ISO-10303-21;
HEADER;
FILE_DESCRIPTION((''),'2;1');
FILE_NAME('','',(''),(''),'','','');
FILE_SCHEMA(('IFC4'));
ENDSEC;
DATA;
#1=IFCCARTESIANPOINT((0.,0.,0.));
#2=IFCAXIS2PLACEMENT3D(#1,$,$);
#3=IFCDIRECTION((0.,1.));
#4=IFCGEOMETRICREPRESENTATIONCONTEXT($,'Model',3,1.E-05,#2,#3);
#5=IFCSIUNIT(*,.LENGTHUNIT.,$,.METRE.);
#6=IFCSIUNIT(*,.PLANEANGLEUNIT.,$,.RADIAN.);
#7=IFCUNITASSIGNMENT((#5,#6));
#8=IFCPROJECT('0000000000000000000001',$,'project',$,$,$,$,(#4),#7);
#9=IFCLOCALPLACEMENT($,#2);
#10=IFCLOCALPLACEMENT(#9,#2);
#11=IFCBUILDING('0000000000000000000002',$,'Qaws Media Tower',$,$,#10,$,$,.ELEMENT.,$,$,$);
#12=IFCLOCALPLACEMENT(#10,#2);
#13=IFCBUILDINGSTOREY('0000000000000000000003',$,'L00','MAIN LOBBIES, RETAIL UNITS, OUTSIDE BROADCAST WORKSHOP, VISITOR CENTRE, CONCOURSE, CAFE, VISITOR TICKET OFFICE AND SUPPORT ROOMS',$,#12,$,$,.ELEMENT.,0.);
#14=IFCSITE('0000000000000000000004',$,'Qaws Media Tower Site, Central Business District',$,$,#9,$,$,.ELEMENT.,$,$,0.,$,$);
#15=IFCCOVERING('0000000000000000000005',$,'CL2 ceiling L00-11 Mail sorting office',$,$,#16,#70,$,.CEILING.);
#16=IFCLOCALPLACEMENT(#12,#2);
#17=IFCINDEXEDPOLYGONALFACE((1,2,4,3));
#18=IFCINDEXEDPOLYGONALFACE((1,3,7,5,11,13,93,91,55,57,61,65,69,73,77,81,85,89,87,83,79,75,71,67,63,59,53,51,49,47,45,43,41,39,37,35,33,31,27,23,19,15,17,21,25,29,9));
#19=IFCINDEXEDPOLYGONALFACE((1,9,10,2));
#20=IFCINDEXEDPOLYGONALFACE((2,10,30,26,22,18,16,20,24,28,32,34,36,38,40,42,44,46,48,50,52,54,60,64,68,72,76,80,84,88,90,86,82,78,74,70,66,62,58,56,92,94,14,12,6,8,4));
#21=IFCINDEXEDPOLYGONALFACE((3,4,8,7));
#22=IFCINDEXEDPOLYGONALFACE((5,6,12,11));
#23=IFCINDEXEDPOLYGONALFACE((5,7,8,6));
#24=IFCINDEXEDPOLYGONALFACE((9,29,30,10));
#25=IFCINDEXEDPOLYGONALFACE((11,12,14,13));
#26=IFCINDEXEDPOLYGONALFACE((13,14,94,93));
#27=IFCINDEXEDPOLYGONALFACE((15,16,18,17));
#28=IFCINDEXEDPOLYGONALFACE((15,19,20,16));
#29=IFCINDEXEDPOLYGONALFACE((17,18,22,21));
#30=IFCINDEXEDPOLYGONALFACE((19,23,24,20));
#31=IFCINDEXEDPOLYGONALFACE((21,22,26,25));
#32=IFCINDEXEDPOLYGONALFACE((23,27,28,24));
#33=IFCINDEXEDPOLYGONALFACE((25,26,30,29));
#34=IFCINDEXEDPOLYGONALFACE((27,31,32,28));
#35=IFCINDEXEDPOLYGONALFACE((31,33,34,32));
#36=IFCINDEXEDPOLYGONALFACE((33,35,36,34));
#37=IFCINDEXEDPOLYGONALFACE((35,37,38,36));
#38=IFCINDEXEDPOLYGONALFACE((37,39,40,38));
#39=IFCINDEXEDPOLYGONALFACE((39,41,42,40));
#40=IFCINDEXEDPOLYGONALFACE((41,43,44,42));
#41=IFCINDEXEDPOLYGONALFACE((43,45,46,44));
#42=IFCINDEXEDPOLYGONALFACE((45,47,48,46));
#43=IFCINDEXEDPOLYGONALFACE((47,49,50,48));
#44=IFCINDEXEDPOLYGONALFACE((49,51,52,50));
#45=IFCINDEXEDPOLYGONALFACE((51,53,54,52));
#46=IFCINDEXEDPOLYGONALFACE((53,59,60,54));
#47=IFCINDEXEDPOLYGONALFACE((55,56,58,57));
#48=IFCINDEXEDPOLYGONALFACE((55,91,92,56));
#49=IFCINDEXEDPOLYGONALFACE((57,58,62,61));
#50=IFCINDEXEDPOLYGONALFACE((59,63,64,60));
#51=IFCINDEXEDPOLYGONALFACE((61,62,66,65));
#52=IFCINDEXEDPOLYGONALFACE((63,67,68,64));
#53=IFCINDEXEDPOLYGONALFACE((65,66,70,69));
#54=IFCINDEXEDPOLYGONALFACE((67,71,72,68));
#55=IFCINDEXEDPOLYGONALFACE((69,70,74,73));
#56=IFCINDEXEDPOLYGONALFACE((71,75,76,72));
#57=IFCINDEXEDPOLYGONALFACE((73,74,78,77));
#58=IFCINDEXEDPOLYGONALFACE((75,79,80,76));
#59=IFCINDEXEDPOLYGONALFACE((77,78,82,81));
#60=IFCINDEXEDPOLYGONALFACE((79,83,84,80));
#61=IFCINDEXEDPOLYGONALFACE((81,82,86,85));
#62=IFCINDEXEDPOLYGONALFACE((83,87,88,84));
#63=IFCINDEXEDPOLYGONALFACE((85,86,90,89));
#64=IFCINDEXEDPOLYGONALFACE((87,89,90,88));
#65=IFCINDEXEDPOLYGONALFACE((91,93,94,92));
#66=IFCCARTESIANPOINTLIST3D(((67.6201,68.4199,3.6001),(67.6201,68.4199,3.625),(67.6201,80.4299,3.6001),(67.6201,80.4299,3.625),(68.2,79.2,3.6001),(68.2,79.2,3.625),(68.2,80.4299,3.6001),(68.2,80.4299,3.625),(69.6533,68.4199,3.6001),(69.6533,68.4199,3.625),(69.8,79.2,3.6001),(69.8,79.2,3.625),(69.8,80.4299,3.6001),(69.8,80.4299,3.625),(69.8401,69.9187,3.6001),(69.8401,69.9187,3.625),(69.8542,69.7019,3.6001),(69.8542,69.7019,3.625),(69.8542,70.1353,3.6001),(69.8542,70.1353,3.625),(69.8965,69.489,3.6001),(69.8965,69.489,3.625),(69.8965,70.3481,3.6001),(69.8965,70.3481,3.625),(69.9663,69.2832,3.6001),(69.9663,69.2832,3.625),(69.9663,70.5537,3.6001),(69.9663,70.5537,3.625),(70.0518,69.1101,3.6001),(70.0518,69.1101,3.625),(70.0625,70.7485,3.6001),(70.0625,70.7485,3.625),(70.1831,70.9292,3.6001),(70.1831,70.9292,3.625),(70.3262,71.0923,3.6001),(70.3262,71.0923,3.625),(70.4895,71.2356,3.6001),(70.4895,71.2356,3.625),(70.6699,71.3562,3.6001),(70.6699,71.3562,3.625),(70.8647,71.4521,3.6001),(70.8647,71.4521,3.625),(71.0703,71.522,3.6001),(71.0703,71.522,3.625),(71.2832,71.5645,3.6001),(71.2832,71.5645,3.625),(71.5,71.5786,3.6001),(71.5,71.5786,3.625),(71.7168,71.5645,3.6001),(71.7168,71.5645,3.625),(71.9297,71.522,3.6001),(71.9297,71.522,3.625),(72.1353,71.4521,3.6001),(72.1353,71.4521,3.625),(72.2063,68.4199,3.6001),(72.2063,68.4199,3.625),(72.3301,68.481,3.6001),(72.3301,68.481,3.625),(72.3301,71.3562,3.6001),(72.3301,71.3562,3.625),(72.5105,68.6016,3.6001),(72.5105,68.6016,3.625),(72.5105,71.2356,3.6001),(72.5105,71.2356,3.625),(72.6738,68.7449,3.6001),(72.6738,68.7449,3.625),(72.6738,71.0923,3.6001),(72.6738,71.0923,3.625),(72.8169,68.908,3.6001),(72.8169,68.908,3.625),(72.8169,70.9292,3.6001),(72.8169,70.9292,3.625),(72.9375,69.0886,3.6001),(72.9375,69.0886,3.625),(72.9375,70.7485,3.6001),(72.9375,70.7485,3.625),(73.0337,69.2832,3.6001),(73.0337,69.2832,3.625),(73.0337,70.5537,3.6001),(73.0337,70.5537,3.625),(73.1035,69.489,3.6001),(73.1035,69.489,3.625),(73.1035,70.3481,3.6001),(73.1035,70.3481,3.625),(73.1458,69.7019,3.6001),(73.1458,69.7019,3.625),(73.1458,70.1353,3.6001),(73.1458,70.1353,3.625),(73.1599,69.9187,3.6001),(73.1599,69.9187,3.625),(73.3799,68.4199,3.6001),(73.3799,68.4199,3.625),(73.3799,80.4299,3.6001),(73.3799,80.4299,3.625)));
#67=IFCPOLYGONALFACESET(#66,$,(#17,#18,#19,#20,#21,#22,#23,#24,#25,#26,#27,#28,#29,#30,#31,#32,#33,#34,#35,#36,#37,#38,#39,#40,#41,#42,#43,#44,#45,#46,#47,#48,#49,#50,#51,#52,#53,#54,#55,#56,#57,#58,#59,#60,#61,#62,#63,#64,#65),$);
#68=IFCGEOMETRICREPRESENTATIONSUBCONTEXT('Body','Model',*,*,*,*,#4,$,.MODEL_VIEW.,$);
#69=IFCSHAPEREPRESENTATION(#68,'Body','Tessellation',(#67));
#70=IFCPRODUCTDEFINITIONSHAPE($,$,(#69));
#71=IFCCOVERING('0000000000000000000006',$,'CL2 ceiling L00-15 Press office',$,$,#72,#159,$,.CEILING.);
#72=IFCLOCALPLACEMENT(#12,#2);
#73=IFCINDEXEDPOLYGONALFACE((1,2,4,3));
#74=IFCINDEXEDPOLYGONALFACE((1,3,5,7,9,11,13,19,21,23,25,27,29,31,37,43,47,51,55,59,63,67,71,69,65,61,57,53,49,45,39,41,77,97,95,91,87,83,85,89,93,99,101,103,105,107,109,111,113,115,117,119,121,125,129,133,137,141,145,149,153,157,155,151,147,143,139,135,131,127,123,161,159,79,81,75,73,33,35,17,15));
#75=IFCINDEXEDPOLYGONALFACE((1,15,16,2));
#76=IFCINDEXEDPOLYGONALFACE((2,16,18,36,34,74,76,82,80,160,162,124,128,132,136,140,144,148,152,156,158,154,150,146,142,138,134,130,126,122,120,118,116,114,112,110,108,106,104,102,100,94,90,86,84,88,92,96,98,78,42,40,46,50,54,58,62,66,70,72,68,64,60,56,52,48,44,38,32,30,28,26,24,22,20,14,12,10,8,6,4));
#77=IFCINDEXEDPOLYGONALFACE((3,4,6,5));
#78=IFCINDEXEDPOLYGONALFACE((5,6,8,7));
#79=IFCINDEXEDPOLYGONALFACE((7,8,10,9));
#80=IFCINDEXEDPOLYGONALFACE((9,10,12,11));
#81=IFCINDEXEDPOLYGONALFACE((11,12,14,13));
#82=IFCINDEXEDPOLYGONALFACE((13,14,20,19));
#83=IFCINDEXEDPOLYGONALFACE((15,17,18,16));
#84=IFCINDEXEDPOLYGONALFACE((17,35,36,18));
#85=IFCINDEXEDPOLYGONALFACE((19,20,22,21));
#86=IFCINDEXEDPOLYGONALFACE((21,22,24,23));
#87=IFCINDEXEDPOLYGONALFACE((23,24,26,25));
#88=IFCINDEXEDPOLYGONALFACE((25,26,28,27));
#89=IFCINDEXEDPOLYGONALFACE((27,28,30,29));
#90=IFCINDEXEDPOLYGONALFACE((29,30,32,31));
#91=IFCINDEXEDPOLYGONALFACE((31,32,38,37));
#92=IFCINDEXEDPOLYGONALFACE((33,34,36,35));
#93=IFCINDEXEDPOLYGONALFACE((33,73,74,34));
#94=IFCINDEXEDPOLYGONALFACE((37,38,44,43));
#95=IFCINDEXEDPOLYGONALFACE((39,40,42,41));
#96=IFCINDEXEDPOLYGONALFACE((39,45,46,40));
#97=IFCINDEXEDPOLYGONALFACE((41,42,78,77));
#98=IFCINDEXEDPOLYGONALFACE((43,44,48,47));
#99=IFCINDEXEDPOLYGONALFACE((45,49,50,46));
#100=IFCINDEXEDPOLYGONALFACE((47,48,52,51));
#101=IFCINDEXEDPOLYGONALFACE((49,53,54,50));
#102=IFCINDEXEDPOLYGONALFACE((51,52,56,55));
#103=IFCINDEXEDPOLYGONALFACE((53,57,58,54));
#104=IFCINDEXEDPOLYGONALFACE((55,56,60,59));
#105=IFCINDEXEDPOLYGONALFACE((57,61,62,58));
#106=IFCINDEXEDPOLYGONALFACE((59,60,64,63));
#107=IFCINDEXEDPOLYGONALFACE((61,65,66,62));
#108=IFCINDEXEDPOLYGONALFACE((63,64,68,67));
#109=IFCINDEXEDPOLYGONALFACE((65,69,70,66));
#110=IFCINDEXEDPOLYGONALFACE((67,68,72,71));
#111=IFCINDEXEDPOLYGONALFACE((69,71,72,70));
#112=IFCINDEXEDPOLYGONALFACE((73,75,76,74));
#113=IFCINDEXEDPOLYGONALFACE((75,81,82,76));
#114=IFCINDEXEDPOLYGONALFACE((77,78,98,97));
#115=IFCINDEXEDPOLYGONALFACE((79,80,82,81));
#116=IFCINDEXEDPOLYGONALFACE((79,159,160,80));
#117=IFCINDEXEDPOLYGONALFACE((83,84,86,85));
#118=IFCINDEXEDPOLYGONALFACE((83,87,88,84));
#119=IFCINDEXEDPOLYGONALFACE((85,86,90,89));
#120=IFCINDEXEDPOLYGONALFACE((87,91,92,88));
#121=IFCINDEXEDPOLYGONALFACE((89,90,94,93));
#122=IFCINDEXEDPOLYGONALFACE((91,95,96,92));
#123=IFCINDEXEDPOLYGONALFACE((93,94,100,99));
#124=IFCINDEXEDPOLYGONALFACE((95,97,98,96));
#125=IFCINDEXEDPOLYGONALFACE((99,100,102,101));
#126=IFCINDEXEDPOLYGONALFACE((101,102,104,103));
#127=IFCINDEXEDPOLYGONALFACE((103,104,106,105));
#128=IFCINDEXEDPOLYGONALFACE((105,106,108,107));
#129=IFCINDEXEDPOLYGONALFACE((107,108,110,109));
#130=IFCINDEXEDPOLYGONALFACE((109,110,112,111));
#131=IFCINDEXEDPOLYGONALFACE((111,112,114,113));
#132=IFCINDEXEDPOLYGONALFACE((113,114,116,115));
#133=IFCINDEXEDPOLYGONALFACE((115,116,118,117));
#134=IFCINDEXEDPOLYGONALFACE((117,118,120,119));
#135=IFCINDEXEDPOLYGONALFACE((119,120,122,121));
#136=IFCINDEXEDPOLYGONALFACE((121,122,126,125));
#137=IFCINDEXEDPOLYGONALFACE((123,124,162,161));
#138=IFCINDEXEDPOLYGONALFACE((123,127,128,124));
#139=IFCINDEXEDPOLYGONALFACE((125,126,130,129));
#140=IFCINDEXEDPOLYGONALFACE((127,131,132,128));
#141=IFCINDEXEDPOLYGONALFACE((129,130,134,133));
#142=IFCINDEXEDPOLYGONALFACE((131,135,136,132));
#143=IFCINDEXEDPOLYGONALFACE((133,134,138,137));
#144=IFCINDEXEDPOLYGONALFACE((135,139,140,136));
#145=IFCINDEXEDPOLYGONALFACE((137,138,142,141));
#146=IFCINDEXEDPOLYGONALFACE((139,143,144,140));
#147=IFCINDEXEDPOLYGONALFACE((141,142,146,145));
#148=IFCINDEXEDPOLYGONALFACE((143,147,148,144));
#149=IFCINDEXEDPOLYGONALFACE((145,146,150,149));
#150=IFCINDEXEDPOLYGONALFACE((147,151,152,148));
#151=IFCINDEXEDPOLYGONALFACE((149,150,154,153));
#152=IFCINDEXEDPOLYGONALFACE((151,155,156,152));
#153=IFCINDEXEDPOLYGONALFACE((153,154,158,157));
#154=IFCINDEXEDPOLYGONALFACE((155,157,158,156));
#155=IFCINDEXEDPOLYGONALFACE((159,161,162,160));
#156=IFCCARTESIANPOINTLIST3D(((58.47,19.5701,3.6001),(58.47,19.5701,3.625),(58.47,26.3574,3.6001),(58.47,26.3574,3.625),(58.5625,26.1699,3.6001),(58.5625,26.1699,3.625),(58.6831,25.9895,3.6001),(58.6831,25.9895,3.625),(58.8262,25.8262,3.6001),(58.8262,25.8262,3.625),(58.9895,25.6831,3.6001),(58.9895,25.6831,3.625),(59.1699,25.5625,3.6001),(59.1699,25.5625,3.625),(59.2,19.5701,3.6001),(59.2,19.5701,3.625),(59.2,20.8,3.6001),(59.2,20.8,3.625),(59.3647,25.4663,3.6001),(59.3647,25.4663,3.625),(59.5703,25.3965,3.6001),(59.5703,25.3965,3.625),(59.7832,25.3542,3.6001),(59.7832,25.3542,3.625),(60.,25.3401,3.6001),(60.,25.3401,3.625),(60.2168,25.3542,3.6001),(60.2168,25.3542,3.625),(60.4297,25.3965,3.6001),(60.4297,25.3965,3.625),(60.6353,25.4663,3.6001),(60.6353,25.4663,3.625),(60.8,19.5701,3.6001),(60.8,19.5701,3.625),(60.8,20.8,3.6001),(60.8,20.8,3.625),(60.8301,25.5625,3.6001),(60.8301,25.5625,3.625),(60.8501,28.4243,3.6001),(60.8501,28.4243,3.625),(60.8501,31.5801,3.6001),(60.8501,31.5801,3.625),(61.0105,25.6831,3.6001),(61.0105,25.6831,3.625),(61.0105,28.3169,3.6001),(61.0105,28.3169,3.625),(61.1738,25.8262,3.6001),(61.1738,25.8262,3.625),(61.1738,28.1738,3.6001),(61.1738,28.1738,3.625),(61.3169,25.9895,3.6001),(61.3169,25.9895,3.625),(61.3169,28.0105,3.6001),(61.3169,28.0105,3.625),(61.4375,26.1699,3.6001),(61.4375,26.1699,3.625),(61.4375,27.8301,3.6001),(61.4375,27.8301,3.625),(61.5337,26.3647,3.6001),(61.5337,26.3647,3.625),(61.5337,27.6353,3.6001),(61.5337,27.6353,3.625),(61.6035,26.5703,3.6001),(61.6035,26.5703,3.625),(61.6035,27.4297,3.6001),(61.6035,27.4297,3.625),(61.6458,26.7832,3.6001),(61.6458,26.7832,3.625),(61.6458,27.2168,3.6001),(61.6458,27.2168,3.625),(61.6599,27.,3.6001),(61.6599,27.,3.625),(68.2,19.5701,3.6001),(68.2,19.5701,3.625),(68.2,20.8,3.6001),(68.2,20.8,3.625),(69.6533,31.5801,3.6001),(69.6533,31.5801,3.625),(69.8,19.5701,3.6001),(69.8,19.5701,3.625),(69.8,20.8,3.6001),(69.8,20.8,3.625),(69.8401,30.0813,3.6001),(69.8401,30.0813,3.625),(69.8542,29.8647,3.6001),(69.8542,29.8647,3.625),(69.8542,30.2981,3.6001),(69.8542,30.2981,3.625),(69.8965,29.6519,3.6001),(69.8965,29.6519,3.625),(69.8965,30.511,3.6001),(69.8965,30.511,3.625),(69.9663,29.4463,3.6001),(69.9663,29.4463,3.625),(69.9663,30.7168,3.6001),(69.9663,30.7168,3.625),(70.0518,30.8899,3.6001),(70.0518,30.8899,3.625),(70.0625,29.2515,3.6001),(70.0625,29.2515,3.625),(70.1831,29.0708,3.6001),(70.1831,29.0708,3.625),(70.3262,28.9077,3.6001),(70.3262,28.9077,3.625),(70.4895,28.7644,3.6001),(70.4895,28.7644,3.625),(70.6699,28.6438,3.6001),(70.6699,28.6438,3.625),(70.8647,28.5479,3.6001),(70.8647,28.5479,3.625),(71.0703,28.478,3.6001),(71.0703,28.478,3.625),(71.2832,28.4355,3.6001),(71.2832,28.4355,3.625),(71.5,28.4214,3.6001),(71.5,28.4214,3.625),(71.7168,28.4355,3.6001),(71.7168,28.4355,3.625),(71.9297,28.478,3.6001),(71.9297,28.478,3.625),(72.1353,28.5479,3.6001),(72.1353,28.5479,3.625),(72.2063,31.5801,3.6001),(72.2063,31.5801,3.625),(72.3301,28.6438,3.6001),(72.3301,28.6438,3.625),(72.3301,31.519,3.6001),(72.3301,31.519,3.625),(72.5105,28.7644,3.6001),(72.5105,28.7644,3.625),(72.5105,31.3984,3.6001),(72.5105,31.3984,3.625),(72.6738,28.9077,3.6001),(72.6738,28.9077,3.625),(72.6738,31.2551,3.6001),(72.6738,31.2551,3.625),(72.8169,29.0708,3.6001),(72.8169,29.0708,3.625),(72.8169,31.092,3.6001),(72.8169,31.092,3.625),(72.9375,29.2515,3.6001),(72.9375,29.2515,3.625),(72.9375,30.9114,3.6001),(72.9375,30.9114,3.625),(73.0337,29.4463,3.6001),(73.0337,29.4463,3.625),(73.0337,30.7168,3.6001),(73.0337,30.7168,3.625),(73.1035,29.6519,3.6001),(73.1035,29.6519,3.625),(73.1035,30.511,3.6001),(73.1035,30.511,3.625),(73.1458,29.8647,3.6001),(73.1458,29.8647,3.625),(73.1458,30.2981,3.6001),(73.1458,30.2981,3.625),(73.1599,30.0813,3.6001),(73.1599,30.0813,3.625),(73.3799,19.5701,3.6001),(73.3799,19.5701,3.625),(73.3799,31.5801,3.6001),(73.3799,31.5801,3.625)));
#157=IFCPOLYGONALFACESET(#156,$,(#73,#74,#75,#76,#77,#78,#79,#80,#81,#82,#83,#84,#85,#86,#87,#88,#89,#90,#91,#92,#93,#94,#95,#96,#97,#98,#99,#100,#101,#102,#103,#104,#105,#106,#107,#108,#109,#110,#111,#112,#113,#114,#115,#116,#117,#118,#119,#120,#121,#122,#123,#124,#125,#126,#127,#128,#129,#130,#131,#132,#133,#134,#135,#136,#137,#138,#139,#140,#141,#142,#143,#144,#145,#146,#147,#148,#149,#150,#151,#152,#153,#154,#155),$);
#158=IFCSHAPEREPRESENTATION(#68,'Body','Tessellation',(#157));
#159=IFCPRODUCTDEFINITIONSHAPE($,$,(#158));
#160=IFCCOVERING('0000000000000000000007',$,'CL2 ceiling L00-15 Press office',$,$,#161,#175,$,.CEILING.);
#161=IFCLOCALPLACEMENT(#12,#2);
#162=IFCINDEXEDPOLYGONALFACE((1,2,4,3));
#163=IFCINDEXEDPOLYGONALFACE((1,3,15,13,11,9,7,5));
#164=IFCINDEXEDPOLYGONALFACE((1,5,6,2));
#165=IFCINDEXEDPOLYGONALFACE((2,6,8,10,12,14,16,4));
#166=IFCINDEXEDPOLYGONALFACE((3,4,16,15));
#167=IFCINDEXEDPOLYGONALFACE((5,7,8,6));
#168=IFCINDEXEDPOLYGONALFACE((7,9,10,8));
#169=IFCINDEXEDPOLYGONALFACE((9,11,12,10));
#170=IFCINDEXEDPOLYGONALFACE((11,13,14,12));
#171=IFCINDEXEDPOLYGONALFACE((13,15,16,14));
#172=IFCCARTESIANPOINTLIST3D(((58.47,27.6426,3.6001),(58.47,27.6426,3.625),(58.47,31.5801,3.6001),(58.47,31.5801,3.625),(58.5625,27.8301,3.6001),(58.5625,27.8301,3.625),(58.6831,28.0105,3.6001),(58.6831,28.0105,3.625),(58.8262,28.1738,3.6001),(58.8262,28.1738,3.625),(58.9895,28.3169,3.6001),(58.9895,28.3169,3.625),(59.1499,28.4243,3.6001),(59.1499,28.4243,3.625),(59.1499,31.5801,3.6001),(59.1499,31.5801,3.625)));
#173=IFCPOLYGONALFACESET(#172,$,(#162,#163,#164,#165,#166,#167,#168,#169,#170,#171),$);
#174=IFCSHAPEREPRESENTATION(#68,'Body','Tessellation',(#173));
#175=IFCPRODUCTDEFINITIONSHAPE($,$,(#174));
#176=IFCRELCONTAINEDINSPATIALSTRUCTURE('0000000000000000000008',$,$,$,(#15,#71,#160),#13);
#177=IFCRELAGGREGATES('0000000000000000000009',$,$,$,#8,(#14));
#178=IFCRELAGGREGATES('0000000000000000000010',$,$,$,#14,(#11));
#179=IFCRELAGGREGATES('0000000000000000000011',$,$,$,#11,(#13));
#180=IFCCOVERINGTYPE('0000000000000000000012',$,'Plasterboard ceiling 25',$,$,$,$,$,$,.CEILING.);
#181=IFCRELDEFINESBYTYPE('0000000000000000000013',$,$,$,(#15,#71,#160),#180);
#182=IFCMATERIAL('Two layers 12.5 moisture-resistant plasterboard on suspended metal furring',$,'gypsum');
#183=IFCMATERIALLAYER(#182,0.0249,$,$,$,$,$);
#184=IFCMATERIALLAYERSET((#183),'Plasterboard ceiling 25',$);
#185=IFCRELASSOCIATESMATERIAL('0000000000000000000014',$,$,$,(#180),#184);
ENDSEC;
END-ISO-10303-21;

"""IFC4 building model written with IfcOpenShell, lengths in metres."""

from ifc_helpers import new_model, si_unit, direction, frame, origin, place, context, subcontext, project, spatial, polyline, outline, extrude, material, layer, layer_set, type_object, element, save


model = new_model("IFC4")

# Units and contexts
model_context = context("Model", 3, precision=1e-05, world=origin(), true_north=direction((0.0, 1.0)))
body_context = subcontext(model_context, "Body", "Model", "MODEL_VIEW")
ifc_project = project(units=[si_unit("LENGTHUNIT", "METRE"), si_unit("PLANEANGLEUNIT", "RADIAN")], contexts=[model_context])

# Site, building, storey
site_placement = place(None, origin())
site = spatial("IfcSite", under=ifc_project, at=site_placement, Name="Qaws Media Tower Site, Central Business District", CompositionType="ELEMENT", RefElevation=0.0)
building_placement = place(site_placement, origin())
building = spatial("IfcBuilding", under=site, at=building_placement, Name="Qaws Media Tower", CompositionType="ELEMENT")
storey_placement = place(building_placement, origin())
storey = spatial("IfcBuildingStorey", under=building, at=storey_placement, Name="L00", Description="MAIN LOBBIES, RETAIL UNITS, OUTSIDE BROADCAST WORKSHOP, VISITOR CENTRE, CONCOURSE, CAFE, VISITOR TICKET OFFICE AND SUPPORT ROOMS", CompositionType="ELEMENT", Elevation=0.0)

# Coverings
ifc_material_1 = material(Name="Two layers 12.5 moisture-resistant plasterboard on suspended metal furring", Category="gypsum")
ifc_layer_1 = layer(ifc_material_1, 0.0249)
ifc_layer_set_1 = layer_set([ifc_layer_1], Name="Plasterboard ceiling 25")
covering_type_1 = type_object("IfcCoveringType", Name="Plasterboard ceiling 25", PredefinedType="CEILING", material=ifc_layer_set_1)
covering_1_placement = place(storey_placement, frame((0.0, 0.0, 3.6001)))
element("IfcCovering", 1, at=covering_1_placement, inside=storey, type_object=covering_type_1, Name="CL2 ceiling L00-11 Mail sorting office", PredefinedType="CEILING", context=body_context, shape_type="SweptSolid", body=[
    extrude(outline(polyline([(68.2, 80.4299), (68.2, 79.2), (69.8, 79.2), (69.8, 80.4299), (73.3799, 80.4299), (73.3799, 68.4199), (72.2063, 68.4199), (72.3301, 68.481), (72.5105, 68.6016), (72.6738, 68.7449), (72.8169, 68.908), (72.9375, 69.0886), (73.0337, 69.2832), (73.1035, 69.489), (73.1458, 69.7019), (73.1599, 69.9187), (73.1458, 70.1353), (73.1035, 70.3481), (73.0337, 70.5537), (72.9375, 70.7485), (72.8169, 70.9292), (72.6738, 71.0923), (72.5105, 71.2356), (72.3301, 71.3562), (72.1353, 71.4521), (71.9297, 71.522), (71.7168, 71.5645), (71.5, 71.5786), (71.2832, 71.5645), (71.0703, 71.522), (70.8647, 71.4521), (70.6699, 71.3562), (70.4895, 71.2356), (70.3262, 71.0923), (70.1831, 70.9292), (70.0625, 70.7485), (69.9663, 70.5537), (69.8965, 70.3481), (69.8542, 70.1353), (69.8401, 69.9187), (69.8542, 69.7019), (69.8965, 69.489), (69.9663, 69.2832), (70.0518, 69.1101), (69.6533, 68.4199), (67.6201, 68.4199), (67.6201, 80.4299), (68.2, 80.4299)])), origin(), (0.0, 0.0, 1.0), 0.0249),
])
covering_2_placement = place(storey_placement, frame((0.0, 0.0, 3.6001)))
element("IfcCovering", 2, at=covering_2_placement, inside=storey, type_object=covering_type_1, Name="CL2 ceiling L00-15 Press office", PredefinedType="CEILING", context=body_context, shape_type="SweptSolid", body=[
    extrude(outline(polyline([(69.8, 19.5701), (69.8, 20.8), (68.2, 20.8), (68.2, 19.5701), (60.8, 19.5701), (60.8, 20.8), (59.2, 20.8), (59.2, 19.5701), (58.47, 19.5701), (58.47, 26.3574), (58.5625, 26.1699), (58.6831, 25.9895), (58.8262, 25.8262), (58.9895, 25.6831), (59.1699, 25.5625), (59.3647, 25.4663), (59.5703, 25.3965), (59.7832, 25.3542), (60.0, 25.3401), (60.2168, 25.3542), (60.4297, 25.3965), (60.6353, 25.4663), (60.8301, 25.5625), (61.0105, 25.6831), (61.1738, 25.8262), (61.3169, 25.9895), (61.4375, 26.1699), (61.5337, 26.3647), (61.6035, 26.5703), (61.6458, 26.7832), (61.6599, 27.0), (61.6458, 27.2168), (61.6035, 27.4297), (61.5337, 27.6353), (61.4375, 27.8301), (61.3169, 28.0105), (61.1738, 28.1738), (61.0105, 28.3169), (60.8501, 28.4243), (60.8501, 31.5801), (69.6533, 31.5801), (70.0518, 30.8899), (69.9663, 30.7168), (69.8965, 30.511), (69.8542, 30.2981), (69.8401, 30.0813), (69.8542, 29.8647), (69.8965, 29.6519), (69.9663, 29.4463), (70.0625, 29.2515), (70.1831, 29.0708), (70.3262, 28.9077), (70.4895, 28.7644), (70.6699, 28.6438), (70.8647, 28.5479), (71.0703, 28.478), (71.2832, 28.4355), (71.5, 28.4214), (71.7168, 28.4355), (71.9297, 28.478), (72.1353, 28.5479), (72.3301, 28.6438), (72.5105, 28.7644), (72.6738, 28.9077), (72.8169, 29.0708), (72.9375, 29.2515), (73.0337, 29.4463), (73.1035, 29.6519), (73.1458, 29.8647), (73.1599, 30.0813), (73.1458, 30.2981), (73.1035, 30.511), (73.0337, 30.7168), (72.9375, 30.9114), (72.8169, 31.092), (72.6738, 31.2551), (72.5105, 31.3984), (72.3301, 31.519), (72.2063, 31.5801), (73.3799, 31.5801), (73.3799, 19.5701), (69.8, 19.5701)])), origin(), (0.0, 0.0, 1.0), 0.0249),
])
covering_3_placement = place(storey_placement, frame((0.0, 0.0, 3.6001)))
element("IfcCovering", 3, at=covering_3_placement, inside=storey, type_object=covering_type_1, Name="CL2 ceiling L00-15 Press office", PredefinedType="CEILING", context=body_context, shape_type="SweptSolid", body=[
    extrude(outline(polyline([(58.9895, 28.3169), (58.8262, 28.1738), (58.6831, 28.0105), (58.5625, 27.8301), (58.47, 27.6426), (58.47, 31.5801), (59.1499, 31.5801), (59.1499, 28.4243), (58.9895, 28.3169)])), origin(), (0.0, 0.0, 1.0), 0.0249),
])

save(model, "model.ifc")
